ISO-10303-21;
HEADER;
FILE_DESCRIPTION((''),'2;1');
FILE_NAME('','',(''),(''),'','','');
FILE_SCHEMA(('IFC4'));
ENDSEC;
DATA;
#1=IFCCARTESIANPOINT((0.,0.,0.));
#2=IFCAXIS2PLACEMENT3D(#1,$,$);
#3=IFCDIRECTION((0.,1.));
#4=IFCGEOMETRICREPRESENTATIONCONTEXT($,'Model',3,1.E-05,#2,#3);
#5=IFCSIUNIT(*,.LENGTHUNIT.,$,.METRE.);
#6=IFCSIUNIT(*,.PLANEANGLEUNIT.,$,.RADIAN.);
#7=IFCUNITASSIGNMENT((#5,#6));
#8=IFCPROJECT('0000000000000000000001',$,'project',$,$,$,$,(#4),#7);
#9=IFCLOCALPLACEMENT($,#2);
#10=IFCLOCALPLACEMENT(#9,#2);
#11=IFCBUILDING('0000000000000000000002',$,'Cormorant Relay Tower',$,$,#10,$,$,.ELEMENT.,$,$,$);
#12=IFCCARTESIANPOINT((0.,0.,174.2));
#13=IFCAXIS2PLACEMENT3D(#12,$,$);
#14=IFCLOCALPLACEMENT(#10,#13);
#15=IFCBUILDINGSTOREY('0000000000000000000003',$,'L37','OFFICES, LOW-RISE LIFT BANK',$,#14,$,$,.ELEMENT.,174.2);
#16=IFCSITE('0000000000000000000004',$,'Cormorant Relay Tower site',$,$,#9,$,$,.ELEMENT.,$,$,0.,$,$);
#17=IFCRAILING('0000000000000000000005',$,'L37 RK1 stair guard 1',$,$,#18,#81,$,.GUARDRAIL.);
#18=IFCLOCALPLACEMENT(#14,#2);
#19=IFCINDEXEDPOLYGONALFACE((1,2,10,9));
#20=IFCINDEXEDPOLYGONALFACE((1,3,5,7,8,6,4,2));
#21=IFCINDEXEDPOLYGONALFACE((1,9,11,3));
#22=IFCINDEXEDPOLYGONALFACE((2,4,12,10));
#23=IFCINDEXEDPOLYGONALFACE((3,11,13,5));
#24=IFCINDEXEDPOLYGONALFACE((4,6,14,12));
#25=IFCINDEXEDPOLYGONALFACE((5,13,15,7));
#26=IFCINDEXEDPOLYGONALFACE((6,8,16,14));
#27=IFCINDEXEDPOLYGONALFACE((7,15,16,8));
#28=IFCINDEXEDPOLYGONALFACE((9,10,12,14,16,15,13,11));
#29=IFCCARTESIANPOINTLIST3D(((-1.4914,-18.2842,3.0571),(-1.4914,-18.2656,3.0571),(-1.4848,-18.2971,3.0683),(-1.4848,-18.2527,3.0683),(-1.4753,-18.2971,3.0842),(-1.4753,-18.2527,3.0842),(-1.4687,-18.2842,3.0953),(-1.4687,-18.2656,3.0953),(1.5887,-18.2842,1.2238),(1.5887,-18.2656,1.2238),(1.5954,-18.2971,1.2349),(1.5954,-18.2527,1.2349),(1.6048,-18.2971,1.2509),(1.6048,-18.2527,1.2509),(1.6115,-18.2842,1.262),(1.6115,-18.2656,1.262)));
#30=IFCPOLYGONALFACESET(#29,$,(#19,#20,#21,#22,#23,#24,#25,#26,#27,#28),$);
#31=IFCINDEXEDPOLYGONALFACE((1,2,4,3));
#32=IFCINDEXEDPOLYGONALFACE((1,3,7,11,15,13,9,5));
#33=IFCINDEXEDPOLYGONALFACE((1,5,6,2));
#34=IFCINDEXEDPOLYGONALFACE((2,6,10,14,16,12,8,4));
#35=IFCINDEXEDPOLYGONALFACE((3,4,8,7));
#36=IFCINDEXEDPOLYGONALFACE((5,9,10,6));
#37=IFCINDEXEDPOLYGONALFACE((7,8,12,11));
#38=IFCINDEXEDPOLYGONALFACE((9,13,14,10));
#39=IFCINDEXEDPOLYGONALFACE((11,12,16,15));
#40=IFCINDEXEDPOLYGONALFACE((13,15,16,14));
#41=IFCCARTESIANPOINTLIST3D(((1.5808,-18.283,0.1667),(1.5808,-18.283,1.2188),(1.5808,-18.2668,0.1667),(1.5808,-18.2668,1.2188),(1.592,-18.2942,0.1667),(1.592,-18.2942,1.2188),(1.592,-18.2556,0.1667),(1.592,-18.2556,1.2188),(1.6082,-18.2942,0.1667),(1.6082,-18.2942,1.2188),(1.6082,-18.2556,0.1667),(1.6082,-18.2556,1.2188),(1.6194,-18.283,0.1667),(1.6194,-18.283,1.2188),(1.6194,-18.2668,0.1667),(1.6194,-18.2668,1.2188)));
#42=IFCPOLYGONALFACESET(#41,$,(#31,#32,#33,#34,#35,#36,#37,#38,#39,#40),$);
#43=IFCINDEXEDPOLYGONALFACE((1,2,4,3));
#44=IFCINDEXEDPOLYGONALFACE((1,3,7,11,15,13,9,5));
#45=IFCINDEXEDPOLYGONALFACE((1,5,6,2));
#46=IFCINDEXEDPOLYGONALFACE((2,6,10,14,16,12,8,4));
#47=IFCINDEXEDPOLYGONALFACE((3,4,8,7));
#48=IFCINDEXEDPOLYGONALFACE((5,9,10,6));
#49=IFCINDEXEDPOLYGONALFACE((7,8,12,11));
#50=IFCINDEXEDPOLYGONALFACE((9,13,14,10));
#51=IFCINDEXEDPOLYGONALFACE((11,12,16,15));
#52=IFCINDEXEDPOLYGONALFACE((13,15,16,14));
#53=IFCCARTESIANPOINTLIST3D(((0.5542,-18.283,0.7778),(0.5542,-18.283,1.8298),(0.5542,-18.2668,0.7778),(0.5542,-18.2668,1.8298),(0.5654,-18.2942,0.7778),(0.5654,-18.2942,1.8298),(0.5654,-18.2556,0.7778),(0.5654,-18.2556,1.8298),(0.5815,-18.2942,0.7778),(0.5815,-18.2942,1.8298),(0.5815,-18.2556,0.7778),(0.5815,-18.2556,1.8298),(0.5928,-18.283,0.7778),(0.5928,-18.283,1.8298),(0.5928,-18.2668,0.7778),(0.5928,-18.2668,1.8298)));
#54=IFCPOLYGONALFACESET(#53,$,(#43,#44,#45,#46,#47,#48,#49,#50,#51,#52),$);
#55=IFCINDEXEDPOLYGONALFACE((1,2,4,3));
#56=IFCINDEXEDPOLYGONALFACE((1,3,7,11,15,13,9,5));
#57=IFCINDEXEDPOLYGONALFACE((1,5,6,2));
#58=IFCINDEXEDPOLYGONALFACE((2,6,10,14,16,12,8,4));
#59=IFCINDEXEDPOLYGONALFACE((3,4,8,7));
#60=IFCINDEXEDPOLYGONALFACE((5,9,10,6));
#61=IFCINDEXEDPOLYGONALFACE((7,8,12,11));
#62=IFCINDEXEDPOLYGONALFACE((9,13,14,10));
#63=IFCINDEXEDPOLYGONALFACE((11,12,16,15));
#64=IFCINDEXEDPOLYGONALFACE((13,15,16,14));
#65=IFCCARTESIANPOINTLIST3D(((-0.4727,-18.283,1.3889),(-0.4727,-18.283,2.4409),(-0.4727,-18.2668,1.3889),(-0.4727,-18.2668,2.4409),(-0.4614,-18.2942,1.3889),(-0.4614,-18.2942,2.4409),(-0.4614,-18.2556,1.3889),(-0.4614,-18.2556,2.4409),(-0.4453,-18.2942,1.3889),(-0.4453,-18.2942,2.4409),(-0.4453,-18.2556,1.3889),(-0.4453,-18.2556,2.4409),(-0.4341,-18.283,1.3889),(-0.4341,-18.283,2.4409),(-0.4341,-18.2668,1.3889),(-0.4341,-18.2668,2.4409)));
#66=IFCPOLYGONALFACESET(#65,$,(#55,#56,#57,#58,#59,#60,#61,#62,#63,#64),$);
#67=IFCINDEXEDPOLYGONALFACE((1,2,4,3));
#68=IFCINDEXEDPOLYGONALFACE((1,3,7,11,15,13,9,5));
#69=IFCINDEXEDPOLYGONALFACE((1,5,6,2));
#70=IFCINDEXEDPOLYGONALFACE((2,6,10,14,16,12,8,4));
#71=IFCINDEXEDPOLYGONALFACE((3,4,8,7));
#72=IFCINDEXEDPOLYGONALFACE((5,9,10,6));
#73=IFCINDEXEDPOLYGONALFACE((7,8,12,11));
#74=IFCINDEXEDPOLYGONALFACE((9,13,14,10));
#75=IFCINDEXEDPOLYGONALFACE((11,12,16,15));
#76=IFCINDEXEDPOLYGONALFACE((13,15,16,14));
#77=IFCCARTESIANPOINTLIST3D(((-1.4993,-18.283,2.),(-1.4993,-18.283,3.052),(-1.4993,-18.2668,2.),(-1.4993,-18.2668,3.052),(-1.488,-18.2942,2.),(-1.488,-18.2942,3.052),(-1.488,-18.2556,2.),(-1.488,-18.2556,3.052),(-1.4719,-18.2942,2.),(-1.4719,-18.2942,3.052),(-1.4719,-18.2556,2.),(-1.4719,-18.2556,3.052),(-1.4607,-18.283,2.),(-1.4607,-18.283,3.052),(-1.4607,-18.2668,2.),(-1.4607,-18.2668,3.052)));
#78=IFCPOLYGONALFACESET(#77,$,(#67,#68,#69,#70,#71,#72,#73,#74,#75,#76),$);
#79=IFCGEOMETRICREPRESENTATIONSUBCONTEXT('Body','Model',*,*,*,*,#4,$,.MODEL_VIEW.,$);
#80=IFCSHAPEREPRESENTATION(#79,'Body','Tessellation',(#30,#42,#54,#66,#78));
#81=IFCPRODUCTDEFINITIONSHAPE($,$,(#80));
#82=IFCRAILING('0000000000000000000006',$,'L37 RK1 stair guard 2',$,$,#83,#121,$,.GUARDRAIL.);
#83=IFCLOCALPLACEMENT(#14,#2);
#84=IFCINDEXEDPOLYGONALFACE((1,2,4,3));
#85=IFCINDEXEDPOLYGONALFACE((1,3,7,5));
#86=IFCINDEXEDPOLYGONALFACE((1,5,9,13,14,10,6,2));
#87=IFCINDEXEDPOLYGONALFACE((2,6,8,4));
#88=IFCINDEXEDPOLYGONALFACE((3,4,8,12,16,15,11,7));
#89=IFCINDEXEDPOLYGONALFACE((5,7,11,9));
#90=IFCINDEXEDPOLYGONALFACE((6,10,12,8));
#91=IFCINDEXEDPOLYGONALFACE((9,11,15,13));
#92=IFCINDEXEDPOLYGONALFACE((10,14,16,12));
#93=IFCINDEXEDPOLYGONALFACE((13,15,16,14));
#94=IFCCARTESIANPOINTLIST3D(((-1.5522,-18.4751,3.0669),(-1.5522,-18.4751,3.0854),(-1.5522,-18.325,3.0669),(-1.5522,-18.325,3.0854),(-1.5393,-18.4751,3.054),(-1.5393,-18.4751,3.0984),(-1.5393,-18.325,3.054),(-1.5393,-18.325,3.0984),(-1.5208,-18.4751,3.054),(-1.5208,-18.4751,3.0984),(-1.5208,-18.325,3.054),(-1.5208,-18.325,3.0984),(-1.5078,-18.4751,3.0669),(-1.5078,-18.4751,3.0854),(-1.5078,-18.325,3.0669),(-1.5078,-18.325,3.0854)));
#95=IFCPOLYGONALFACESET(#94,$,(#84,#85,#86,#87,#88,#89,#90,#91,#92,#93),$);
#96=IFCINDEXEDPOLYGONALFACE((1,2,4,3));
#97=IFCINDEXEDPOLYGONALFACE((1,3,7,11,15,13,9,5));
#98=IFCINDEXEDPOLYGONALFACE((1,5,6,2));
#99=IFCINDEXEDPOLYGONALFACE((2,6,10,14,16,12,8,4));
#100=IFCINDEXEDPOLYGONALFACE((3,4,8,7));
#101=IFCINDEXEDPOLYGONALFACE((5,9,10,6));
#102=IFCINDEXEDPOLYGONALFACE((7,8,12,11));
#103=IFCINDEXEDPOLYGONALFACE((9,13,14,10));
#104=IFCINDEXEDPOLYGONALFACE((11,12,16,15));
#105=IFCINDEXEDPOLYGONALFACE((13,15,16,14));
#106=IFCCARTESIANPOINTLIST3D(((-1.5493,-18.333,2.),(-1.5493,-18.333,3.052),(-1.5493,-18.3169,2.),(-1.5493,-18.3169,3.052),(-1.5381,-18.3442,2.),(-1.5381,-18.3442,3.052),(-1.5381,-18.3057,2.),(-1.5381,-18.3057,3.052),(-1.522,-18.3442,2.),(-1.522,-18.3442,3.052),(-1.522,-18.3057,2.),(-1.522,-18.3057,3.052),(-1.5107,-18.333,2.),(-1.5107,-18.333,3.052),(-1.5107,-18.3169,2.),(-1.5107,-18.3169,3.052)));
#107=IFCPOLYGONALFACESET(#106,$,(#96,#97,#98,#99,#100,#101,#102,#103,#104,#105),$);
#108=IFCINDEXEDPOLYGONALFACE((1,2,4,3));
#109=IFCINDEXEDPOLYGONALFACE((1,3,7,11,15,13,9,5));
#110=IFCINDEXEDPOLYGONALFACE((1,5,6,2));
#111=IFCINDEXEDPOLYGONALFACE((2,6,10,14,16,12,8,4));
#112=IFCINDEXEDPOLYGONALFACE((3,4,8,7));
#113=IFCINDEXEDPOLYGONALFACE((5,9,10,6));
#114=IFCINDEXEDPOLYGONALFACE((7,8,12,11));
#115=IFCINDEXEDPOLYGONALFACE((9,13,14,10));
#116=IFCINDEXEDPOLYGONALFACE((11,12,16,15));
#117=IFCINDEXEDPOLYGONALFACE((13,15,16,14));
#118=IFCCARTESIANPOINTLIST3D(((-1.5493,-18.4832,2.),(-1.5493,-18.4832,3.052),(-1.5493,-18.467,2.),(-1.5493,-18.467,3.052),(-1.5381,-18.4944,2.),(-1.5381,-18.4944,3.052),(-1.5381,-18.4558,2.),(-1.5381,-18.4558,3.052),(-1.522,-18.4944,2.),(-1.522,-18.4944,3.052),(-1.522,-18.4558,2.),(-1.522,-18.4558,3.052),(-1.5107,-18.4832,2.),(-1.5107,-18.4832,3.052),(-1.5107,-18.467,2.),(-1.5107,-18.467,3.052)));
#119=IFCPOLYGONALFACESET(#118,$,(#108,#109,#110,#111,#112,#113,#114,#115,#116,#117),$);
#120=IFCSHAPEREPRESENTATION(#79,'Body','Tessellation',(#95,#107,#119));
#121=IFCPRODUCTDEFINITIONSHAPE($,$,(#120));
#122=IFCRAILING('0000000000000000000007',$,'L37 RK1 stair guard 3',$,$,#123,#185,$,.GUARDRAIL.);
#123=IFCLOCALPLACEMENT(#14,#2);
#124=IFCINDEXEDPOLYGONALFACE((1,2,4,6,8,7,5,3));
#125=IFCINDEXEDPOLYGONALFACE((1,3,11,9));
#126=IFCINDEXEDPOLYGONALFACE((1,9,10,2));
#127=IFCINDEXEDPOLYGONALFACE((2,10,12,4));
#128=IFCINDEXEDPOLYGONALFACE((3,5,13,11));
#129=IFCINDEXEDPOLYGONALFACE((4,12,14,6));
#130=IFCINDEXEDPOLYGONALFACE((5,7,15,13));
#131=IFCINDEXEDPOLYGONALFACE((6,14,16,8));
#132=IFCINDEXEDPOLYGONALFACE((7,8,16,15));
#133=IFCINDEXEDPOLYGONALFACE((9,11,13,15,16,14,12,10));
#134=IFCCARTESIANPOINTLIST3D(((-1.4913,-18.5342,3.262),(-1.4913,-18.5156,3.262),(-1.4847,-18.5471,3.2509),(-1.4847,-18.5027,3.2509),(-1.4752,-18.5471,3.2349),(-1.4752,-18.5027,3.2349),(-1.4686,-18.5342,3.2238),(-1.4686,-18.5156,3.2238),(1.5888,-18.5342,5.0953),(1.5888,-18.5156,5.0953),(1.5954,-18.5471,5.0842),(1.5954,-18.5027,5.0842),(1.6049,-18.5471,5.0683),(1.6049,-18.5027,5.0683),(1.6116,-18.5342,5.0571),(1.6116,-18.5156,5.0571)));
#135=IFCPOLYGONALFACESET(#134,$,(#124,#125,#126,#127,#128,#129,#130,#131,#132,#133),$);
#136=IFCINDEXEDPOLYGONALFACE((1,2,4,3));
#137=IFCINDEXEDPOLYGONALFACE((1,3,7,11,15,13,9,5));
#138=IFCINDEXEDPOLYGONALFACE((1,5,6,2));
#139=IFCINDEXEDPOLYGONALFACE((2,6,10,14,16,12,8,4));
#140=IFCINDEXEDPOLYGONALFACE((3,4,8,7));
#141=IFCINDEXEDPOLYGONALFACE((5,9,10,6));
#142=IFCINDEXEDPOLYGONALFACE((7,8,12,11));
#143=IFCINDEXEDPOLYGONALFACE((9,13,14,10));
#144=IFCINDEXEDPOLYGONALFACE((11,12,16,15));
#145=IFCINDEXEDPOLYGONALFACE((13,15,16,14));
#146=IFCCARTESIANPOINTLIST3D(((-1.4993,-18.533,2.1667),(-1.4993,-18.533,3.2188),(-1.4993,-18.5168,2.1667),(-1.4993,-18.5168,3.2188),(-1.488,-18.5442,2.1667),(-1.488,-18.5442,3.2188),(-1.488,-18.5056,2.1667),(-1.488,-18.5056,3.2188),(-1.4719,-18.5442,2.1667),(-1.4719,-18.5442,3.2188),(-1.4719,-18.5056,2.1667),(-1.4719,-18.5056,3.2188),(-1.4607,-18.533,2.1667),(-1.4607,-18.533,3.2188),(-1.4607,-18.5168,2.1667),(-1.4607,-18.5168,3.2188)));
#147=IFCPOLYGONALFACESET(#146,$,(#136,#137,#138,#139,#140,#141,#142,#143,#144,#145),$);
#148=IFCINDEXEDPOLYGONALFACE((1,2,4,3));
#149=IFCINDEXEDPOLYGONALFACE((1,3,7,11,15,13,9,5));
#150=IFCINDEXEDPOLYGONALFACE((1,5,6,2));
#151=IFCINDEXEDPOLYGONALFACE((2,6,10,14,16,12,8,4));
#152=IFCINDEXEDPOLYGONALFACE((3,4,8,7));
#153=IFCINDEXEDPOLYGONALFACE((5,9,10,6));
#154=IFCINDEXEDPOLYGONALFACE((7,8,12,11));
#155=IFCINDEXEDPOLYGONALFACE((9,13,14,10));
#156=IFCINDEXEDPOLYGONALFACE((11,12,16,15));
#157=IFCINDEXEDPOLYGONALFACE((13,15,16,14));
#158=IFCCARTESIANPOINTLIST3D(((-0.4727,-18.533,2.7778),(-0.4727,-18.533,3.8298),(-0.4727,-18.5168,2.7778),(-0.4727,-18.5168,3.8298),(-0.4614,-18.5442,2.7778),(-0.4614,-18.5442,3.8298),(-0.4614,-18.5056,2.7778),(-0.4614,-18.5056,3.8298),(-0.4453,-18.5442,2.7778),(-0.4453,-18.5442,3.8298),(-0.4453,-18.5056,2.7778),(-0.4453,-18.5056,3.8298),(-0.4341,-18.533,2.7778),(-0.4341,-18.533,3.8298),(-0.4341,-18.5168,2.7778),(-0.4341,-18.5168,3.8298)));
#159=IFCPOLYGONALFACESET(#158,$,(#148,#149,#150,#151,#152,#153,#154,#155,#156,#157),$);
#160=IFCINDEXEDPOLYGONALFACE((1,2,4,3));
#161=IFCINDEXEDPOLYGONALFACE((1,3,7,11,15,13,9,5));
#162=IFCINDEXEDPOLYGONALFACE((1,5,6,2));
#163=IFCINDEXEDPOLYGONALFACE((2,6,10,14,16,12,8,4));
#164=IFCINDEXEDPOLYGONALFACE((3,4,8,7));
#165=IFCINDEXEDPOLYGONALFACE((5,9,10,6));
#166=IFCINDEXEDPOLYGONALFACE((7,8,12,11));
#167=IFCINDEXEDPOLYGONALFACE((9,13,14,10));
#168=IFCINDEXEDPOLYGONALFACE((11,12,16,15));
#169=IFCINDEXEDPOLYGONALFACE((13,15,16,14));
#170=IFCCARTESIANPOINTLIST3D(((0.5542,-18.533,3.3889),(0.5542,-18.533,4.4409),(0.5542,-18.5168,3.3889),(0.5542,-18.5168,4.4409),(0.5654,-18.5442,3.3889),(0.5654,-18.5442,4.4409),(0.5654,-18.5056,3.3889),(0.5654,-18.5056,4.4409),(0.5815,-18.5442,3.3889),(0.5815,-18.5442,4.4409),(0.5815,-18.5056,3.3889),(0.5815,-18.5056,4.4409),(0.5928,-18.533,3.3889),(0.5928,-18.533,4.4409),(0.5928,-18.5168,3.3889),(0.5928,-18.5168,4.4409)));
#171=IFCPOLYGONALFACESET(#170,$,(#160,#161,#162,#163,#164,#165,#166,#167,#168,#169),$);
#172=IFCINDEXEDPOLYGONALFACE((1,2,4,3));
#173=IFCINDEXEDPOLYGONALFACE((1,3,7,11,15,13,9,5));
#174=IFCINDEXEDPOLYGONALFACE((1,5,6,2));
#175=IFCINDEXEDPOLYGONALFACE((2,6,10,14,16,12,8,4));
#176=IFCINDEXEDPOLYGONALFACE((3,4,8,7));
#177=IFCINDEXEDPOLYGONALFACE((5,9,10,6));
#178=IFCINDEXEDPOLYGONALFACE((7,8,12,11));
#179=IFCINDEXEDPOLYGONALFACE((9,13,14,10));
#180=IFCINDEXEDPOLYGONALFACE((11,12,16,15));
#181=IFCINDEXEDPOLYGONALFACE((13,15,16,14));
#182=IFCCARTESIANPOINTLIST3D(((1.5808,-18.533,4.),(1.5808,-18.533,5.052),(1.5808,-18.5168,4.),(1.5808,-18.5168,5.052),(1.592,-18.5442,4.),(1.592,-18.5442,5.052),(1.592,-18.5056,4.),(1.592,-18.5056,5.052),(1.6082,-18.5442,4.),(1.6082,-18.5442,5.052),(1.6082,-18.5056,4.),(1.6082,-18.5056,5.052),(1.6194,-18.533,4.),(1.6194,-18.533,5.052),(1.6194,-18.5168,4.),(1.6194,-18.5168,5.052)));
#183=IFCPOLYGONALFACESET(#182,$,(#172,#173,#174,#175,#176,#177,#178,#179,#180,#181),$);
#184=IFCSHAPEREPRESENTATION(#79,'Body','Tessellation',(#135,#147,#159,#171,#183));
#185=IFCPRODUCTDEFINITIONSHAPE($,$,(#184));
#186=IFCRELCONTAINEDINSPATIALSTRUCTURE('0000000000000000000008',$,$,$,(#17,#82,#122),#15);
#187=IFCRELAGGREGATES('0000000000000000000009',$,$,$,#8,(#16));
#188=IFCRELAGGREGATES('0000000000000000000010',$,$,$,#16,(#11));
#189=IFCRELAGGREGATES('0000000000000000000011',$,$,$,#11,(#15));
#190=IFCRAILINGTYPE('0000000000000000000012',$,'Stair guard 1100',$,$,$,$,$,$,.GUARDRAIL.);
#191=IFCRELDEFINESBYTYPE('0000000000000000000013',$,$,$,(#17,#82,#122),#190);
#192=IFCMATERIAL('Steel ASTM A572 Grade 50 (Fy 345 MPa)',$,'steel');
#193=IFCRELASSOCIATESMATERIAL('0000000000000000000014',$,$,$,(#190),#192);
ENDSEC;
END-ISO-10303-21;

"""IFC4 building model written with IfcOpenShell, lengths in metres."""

from ifc_helpers import new_model, si_unit, direction, frame, origin, place, context, subcontext, project, spatial, polyline, outline, extrude, material, type_object, element, save


model = new_model("IFC4")

# Units and contexts
model_context = context("Model", 3, precision=1e-05, world=origin(), true_north=direction((0.0, 1.0)))
body_context = subcontext(model_context, "Body", "Model", "MODEL_VIEW")
ifc_project = project(units=[si_unit("LENGTHUNIT", "METRE"), si_unit("PLANEANGLEUNIT", "RADIAN")], contexts=[model_context])

# Site, building, storey
site_placement = place(None, origin())
site = spatial("IfcSite", under=ifc_project, at=site_placement, Name="Cormorant Relay Tower site", CompositionType="ELEMENT", RefElevation=0.0)
building_placement = place(site_placement, origin())
building = spatial("IfcBuilding", under=site, at=building_placement, Name="Cormorant Relay Tower", CompositionType="ELEMENT")
storey_placement = place(building_placement, frame((0.0, 0.0, 174.2)))
storey = spatial("IfcBuildingStorey", under=building, at=storey_placement, Name="L37", Description="OFFICES, LOW-RISE LIFT BANK", CompositionType="ELEMENT", Elevation=174.2)

# Railings
ifc_material_1 = material(Name="Steel ASTM A572 Grade 50 (Fy 345 MPa)", Category="steel")
railing_type_1 = type_object("IfcRailingType", Name="Stair guard 1100", PredefinedType="GUARDRAIL", material=ifc_material_1)
railing_1_placement = place(storey_placement, frame((1.6001, -18.2749, 0.1667)))
element("IfcRailing", 1, at=railing_1_placement, inside=storey, type_object=railing_type_1, Name="L37 RK1 stair guard 1", PredefinedType="GUARDRAIL", context=body_context, shape_type="SweptSolid", body=[
    extrude(outline(polyline([(0.0222, 0.0093), (0.0093, 0.0222), (-0.0093, 0.0222), (-0.0222, 0.0093), (-0.0222, -0.0093), (-0.0093, -0.0222), (0.0093, -0.0222), (0.0222, -0.0093), (0.0222, 0.0093)])), frame((0.0, 0.0, 1.0762), z_axis=(-0.859309, 0.0, 0.511458), x_axis=(0.0, -1.0, 0.0)), (0.0, 0.0, 1.0), 3.5845),
    extrude(outline(polyline([(0.0193, 0.0081), (0.0081, 0.0193), (-0.0081, 0.0193), (-0.0193, 0.0081), (-0.0193, -0.0081), (-0.0081, -0.0193), (0.0081, -0.0193), (0.0193, -0.0081), (0.0193, 0.0081)])), origin(), (0.0, 0.0, 1.0), 1.052),
    extrude(outline(polyline([(0.0193, 0.0081), (0.0081, 0.0193), (-0.0081, 0.0193), (-0.0193, 0.0081), (-0.0193, -0.0081), (-0.0081, -0.0193), (0.0081, -0.0193), (0.0193, -0.0081), (0.0193, 0.0081)])), frame((-1.0266, 0.0, 0.6111)), (0.0, 0.0, 1.0), 1.052),
    extrude(outline(polyline([(0.0193, 0.0081), (0.0081, 0.0193), (-0.0081, 0.0193), (-0.0193, 0.0081), (-0.0193, -0.0081), (-0.0081, -0.0193), (0.0081, -0.0193), (0.0193, -0.0081), (0.0193, 0.0081)])), frame((-2.0535, 0.0, 1.2222)), (0.0, 0.0, 1.0), 1.052),
    extrude(outline(polyline([(0.0193, 0.0081), (0.0081, 0.0193), (-0.0081, 0.0193), (-0.0193, 0.0081), (-0.0193, -0.0081), (-0.0081, -0.0193), (0.0081, -0.0193), (0.0193, -0.0081), (0.0193, 0.0081)])), frame((-3.0801, 0.0, 1.8333)), (0.0, 0.0, 1.0), 1.052),
])
railing_2_placement = place(storey_placement, frame((-1.53, -18.325, 2.0)))
element("IfcRailing", 2, at=railing_2_placement, inside=storey, type_object=railing_type_1, Name="L37 RK1 stair guard 2", PredefinedType="GUARDRAIL", context=body_context, shape_type="SweptSolid", body=[
    extrude(outline(polyline([(0.0222, 0.0093), (0.0093, 0.0222), (-0.0093, 0.0222), (-0.0222, 0.0093), (-0.0222, -0.0093), (-0.0093, -0.0222), (0.0093, -0.0222), (0.0222, -0.0093), (0.0222, 0.0093)])), frame((0.0, 0.0, 1.0762), z_axis=(0.0, -1.0, 0.0), x_axis=(1.0, 0.0, 0.0)), (0.0, 0.0, 1.0), 0.1501),
    extrude(outline(polyline([(0.0193, 0.0081), (0.0081, 0.0193), (-0.0081, 0.0193), (-0.0193, 0.0081), (-0.0193, -0.0081), (-0.0081, -0.0193), (0.0081, -0.0193), (0.0193, -0.0081), (0.0193, 0.0081)])), origin(), (0.0, 0.0, 1.0), 1.052),
    extrude(outline(polyline([(0.0193, 0.0081), (0.0081, 0.0193), (-0.0081, 0.0193), (-0.0193, 0.0081), (-0.0193, -0.0081), (-0.0081, -0.0193), (0.0081, -0.0193), (0.0193, -0.0081), (0.0193, 0.0081)])), frame((0.0, -0.1501, 0.0)), (0.0, 0.0, 1.0), 1.052),
])
railing_3_placement = place(storey_placement, frame((-1.48, -18.5249, 2.1667)))
element("IfcRailing", 3, at=railing_3_placement, inside=storey, type_object=railing_type_1, Name="L37 RK1 stair guard 3", PredefinedType="GUARDRAIL", context=body_context, shape_type="SweptSolid", body=[
    extrude(outline(polyline([(0.0222, 0.0093), (0.0093, 0.0222), (-0.0093, 0.0222), (-0.0222, 0.0093), (-0.0222, -0.0093), (-0.0093, -0.0222), (0.0093, -0.0222), (0.0222, -0.0093), (0.0222, 0.0093)])), frame((0.0, 0.0, 1.0762), z_axis=(0.859309, 0.0, 0.511458), x_axis=(0.0, 1.0, 0.0)), (0.0, 0.0, 1.0), 3.5845),
    extrude(outline(polyline([(0.0193, 0.0081), (0.0081, 0.0193), (-0.0081, 0.0193), (-0.0193, 0.0081), (-0.0193, -0.0081), (-0.0081, -0.0193), (0.0081, -0.0193), (0.0193, -0.0081), (0.0193, 0.0081)])), origin(), (0.0, 0.0, 1.0), 1.052),
    extrude(outline(polyline([(0.0193, 0.0081), (0.0081, 0.0193), (-0.0081, 0.0193), (-0.0193, 0.0081), (-0.0193, -0.0081), (-0.0081, -0.0193), (0.0081, -0.0193), (0.0193, -0.0081), (0.0193, 0.0081)])), frame((1.0266, 0.0, 0.6111)), (0.0, 0.0, 1.0), 1.052),
    extrude(outline(polyline([(0.0193, 0.0081), (0.0081, 0.0193), (-0.0081, 0.0193), (-0.0193, 0.0081), (-0.0193, -0.0081), (-0.0081, -0.0193), (0.0081, -0.0193), (0.0193, -0.0081), (0.0193, 0.0081)])), frame((2.0535, 0.0, 1.2222)), (0.0, 0.0, 1.0), 1.052),
    extrude(outline(polyline([(0.0193, 0.0081), (0.0081, 0.0193), (-0.0081, 0.0193), (-0.0193, 0.0081), (-0.0193, -0.0081), (-0.0081, -0.0193), (0.0081, -0.0193), (0.0193, -0.0081), (0.0193, 0.0081)])), frame((3.0801, 0.0, 1.8333)), (0.0, 0.0, 1.0), 1.052),
])

save(model, "model.ifc")
